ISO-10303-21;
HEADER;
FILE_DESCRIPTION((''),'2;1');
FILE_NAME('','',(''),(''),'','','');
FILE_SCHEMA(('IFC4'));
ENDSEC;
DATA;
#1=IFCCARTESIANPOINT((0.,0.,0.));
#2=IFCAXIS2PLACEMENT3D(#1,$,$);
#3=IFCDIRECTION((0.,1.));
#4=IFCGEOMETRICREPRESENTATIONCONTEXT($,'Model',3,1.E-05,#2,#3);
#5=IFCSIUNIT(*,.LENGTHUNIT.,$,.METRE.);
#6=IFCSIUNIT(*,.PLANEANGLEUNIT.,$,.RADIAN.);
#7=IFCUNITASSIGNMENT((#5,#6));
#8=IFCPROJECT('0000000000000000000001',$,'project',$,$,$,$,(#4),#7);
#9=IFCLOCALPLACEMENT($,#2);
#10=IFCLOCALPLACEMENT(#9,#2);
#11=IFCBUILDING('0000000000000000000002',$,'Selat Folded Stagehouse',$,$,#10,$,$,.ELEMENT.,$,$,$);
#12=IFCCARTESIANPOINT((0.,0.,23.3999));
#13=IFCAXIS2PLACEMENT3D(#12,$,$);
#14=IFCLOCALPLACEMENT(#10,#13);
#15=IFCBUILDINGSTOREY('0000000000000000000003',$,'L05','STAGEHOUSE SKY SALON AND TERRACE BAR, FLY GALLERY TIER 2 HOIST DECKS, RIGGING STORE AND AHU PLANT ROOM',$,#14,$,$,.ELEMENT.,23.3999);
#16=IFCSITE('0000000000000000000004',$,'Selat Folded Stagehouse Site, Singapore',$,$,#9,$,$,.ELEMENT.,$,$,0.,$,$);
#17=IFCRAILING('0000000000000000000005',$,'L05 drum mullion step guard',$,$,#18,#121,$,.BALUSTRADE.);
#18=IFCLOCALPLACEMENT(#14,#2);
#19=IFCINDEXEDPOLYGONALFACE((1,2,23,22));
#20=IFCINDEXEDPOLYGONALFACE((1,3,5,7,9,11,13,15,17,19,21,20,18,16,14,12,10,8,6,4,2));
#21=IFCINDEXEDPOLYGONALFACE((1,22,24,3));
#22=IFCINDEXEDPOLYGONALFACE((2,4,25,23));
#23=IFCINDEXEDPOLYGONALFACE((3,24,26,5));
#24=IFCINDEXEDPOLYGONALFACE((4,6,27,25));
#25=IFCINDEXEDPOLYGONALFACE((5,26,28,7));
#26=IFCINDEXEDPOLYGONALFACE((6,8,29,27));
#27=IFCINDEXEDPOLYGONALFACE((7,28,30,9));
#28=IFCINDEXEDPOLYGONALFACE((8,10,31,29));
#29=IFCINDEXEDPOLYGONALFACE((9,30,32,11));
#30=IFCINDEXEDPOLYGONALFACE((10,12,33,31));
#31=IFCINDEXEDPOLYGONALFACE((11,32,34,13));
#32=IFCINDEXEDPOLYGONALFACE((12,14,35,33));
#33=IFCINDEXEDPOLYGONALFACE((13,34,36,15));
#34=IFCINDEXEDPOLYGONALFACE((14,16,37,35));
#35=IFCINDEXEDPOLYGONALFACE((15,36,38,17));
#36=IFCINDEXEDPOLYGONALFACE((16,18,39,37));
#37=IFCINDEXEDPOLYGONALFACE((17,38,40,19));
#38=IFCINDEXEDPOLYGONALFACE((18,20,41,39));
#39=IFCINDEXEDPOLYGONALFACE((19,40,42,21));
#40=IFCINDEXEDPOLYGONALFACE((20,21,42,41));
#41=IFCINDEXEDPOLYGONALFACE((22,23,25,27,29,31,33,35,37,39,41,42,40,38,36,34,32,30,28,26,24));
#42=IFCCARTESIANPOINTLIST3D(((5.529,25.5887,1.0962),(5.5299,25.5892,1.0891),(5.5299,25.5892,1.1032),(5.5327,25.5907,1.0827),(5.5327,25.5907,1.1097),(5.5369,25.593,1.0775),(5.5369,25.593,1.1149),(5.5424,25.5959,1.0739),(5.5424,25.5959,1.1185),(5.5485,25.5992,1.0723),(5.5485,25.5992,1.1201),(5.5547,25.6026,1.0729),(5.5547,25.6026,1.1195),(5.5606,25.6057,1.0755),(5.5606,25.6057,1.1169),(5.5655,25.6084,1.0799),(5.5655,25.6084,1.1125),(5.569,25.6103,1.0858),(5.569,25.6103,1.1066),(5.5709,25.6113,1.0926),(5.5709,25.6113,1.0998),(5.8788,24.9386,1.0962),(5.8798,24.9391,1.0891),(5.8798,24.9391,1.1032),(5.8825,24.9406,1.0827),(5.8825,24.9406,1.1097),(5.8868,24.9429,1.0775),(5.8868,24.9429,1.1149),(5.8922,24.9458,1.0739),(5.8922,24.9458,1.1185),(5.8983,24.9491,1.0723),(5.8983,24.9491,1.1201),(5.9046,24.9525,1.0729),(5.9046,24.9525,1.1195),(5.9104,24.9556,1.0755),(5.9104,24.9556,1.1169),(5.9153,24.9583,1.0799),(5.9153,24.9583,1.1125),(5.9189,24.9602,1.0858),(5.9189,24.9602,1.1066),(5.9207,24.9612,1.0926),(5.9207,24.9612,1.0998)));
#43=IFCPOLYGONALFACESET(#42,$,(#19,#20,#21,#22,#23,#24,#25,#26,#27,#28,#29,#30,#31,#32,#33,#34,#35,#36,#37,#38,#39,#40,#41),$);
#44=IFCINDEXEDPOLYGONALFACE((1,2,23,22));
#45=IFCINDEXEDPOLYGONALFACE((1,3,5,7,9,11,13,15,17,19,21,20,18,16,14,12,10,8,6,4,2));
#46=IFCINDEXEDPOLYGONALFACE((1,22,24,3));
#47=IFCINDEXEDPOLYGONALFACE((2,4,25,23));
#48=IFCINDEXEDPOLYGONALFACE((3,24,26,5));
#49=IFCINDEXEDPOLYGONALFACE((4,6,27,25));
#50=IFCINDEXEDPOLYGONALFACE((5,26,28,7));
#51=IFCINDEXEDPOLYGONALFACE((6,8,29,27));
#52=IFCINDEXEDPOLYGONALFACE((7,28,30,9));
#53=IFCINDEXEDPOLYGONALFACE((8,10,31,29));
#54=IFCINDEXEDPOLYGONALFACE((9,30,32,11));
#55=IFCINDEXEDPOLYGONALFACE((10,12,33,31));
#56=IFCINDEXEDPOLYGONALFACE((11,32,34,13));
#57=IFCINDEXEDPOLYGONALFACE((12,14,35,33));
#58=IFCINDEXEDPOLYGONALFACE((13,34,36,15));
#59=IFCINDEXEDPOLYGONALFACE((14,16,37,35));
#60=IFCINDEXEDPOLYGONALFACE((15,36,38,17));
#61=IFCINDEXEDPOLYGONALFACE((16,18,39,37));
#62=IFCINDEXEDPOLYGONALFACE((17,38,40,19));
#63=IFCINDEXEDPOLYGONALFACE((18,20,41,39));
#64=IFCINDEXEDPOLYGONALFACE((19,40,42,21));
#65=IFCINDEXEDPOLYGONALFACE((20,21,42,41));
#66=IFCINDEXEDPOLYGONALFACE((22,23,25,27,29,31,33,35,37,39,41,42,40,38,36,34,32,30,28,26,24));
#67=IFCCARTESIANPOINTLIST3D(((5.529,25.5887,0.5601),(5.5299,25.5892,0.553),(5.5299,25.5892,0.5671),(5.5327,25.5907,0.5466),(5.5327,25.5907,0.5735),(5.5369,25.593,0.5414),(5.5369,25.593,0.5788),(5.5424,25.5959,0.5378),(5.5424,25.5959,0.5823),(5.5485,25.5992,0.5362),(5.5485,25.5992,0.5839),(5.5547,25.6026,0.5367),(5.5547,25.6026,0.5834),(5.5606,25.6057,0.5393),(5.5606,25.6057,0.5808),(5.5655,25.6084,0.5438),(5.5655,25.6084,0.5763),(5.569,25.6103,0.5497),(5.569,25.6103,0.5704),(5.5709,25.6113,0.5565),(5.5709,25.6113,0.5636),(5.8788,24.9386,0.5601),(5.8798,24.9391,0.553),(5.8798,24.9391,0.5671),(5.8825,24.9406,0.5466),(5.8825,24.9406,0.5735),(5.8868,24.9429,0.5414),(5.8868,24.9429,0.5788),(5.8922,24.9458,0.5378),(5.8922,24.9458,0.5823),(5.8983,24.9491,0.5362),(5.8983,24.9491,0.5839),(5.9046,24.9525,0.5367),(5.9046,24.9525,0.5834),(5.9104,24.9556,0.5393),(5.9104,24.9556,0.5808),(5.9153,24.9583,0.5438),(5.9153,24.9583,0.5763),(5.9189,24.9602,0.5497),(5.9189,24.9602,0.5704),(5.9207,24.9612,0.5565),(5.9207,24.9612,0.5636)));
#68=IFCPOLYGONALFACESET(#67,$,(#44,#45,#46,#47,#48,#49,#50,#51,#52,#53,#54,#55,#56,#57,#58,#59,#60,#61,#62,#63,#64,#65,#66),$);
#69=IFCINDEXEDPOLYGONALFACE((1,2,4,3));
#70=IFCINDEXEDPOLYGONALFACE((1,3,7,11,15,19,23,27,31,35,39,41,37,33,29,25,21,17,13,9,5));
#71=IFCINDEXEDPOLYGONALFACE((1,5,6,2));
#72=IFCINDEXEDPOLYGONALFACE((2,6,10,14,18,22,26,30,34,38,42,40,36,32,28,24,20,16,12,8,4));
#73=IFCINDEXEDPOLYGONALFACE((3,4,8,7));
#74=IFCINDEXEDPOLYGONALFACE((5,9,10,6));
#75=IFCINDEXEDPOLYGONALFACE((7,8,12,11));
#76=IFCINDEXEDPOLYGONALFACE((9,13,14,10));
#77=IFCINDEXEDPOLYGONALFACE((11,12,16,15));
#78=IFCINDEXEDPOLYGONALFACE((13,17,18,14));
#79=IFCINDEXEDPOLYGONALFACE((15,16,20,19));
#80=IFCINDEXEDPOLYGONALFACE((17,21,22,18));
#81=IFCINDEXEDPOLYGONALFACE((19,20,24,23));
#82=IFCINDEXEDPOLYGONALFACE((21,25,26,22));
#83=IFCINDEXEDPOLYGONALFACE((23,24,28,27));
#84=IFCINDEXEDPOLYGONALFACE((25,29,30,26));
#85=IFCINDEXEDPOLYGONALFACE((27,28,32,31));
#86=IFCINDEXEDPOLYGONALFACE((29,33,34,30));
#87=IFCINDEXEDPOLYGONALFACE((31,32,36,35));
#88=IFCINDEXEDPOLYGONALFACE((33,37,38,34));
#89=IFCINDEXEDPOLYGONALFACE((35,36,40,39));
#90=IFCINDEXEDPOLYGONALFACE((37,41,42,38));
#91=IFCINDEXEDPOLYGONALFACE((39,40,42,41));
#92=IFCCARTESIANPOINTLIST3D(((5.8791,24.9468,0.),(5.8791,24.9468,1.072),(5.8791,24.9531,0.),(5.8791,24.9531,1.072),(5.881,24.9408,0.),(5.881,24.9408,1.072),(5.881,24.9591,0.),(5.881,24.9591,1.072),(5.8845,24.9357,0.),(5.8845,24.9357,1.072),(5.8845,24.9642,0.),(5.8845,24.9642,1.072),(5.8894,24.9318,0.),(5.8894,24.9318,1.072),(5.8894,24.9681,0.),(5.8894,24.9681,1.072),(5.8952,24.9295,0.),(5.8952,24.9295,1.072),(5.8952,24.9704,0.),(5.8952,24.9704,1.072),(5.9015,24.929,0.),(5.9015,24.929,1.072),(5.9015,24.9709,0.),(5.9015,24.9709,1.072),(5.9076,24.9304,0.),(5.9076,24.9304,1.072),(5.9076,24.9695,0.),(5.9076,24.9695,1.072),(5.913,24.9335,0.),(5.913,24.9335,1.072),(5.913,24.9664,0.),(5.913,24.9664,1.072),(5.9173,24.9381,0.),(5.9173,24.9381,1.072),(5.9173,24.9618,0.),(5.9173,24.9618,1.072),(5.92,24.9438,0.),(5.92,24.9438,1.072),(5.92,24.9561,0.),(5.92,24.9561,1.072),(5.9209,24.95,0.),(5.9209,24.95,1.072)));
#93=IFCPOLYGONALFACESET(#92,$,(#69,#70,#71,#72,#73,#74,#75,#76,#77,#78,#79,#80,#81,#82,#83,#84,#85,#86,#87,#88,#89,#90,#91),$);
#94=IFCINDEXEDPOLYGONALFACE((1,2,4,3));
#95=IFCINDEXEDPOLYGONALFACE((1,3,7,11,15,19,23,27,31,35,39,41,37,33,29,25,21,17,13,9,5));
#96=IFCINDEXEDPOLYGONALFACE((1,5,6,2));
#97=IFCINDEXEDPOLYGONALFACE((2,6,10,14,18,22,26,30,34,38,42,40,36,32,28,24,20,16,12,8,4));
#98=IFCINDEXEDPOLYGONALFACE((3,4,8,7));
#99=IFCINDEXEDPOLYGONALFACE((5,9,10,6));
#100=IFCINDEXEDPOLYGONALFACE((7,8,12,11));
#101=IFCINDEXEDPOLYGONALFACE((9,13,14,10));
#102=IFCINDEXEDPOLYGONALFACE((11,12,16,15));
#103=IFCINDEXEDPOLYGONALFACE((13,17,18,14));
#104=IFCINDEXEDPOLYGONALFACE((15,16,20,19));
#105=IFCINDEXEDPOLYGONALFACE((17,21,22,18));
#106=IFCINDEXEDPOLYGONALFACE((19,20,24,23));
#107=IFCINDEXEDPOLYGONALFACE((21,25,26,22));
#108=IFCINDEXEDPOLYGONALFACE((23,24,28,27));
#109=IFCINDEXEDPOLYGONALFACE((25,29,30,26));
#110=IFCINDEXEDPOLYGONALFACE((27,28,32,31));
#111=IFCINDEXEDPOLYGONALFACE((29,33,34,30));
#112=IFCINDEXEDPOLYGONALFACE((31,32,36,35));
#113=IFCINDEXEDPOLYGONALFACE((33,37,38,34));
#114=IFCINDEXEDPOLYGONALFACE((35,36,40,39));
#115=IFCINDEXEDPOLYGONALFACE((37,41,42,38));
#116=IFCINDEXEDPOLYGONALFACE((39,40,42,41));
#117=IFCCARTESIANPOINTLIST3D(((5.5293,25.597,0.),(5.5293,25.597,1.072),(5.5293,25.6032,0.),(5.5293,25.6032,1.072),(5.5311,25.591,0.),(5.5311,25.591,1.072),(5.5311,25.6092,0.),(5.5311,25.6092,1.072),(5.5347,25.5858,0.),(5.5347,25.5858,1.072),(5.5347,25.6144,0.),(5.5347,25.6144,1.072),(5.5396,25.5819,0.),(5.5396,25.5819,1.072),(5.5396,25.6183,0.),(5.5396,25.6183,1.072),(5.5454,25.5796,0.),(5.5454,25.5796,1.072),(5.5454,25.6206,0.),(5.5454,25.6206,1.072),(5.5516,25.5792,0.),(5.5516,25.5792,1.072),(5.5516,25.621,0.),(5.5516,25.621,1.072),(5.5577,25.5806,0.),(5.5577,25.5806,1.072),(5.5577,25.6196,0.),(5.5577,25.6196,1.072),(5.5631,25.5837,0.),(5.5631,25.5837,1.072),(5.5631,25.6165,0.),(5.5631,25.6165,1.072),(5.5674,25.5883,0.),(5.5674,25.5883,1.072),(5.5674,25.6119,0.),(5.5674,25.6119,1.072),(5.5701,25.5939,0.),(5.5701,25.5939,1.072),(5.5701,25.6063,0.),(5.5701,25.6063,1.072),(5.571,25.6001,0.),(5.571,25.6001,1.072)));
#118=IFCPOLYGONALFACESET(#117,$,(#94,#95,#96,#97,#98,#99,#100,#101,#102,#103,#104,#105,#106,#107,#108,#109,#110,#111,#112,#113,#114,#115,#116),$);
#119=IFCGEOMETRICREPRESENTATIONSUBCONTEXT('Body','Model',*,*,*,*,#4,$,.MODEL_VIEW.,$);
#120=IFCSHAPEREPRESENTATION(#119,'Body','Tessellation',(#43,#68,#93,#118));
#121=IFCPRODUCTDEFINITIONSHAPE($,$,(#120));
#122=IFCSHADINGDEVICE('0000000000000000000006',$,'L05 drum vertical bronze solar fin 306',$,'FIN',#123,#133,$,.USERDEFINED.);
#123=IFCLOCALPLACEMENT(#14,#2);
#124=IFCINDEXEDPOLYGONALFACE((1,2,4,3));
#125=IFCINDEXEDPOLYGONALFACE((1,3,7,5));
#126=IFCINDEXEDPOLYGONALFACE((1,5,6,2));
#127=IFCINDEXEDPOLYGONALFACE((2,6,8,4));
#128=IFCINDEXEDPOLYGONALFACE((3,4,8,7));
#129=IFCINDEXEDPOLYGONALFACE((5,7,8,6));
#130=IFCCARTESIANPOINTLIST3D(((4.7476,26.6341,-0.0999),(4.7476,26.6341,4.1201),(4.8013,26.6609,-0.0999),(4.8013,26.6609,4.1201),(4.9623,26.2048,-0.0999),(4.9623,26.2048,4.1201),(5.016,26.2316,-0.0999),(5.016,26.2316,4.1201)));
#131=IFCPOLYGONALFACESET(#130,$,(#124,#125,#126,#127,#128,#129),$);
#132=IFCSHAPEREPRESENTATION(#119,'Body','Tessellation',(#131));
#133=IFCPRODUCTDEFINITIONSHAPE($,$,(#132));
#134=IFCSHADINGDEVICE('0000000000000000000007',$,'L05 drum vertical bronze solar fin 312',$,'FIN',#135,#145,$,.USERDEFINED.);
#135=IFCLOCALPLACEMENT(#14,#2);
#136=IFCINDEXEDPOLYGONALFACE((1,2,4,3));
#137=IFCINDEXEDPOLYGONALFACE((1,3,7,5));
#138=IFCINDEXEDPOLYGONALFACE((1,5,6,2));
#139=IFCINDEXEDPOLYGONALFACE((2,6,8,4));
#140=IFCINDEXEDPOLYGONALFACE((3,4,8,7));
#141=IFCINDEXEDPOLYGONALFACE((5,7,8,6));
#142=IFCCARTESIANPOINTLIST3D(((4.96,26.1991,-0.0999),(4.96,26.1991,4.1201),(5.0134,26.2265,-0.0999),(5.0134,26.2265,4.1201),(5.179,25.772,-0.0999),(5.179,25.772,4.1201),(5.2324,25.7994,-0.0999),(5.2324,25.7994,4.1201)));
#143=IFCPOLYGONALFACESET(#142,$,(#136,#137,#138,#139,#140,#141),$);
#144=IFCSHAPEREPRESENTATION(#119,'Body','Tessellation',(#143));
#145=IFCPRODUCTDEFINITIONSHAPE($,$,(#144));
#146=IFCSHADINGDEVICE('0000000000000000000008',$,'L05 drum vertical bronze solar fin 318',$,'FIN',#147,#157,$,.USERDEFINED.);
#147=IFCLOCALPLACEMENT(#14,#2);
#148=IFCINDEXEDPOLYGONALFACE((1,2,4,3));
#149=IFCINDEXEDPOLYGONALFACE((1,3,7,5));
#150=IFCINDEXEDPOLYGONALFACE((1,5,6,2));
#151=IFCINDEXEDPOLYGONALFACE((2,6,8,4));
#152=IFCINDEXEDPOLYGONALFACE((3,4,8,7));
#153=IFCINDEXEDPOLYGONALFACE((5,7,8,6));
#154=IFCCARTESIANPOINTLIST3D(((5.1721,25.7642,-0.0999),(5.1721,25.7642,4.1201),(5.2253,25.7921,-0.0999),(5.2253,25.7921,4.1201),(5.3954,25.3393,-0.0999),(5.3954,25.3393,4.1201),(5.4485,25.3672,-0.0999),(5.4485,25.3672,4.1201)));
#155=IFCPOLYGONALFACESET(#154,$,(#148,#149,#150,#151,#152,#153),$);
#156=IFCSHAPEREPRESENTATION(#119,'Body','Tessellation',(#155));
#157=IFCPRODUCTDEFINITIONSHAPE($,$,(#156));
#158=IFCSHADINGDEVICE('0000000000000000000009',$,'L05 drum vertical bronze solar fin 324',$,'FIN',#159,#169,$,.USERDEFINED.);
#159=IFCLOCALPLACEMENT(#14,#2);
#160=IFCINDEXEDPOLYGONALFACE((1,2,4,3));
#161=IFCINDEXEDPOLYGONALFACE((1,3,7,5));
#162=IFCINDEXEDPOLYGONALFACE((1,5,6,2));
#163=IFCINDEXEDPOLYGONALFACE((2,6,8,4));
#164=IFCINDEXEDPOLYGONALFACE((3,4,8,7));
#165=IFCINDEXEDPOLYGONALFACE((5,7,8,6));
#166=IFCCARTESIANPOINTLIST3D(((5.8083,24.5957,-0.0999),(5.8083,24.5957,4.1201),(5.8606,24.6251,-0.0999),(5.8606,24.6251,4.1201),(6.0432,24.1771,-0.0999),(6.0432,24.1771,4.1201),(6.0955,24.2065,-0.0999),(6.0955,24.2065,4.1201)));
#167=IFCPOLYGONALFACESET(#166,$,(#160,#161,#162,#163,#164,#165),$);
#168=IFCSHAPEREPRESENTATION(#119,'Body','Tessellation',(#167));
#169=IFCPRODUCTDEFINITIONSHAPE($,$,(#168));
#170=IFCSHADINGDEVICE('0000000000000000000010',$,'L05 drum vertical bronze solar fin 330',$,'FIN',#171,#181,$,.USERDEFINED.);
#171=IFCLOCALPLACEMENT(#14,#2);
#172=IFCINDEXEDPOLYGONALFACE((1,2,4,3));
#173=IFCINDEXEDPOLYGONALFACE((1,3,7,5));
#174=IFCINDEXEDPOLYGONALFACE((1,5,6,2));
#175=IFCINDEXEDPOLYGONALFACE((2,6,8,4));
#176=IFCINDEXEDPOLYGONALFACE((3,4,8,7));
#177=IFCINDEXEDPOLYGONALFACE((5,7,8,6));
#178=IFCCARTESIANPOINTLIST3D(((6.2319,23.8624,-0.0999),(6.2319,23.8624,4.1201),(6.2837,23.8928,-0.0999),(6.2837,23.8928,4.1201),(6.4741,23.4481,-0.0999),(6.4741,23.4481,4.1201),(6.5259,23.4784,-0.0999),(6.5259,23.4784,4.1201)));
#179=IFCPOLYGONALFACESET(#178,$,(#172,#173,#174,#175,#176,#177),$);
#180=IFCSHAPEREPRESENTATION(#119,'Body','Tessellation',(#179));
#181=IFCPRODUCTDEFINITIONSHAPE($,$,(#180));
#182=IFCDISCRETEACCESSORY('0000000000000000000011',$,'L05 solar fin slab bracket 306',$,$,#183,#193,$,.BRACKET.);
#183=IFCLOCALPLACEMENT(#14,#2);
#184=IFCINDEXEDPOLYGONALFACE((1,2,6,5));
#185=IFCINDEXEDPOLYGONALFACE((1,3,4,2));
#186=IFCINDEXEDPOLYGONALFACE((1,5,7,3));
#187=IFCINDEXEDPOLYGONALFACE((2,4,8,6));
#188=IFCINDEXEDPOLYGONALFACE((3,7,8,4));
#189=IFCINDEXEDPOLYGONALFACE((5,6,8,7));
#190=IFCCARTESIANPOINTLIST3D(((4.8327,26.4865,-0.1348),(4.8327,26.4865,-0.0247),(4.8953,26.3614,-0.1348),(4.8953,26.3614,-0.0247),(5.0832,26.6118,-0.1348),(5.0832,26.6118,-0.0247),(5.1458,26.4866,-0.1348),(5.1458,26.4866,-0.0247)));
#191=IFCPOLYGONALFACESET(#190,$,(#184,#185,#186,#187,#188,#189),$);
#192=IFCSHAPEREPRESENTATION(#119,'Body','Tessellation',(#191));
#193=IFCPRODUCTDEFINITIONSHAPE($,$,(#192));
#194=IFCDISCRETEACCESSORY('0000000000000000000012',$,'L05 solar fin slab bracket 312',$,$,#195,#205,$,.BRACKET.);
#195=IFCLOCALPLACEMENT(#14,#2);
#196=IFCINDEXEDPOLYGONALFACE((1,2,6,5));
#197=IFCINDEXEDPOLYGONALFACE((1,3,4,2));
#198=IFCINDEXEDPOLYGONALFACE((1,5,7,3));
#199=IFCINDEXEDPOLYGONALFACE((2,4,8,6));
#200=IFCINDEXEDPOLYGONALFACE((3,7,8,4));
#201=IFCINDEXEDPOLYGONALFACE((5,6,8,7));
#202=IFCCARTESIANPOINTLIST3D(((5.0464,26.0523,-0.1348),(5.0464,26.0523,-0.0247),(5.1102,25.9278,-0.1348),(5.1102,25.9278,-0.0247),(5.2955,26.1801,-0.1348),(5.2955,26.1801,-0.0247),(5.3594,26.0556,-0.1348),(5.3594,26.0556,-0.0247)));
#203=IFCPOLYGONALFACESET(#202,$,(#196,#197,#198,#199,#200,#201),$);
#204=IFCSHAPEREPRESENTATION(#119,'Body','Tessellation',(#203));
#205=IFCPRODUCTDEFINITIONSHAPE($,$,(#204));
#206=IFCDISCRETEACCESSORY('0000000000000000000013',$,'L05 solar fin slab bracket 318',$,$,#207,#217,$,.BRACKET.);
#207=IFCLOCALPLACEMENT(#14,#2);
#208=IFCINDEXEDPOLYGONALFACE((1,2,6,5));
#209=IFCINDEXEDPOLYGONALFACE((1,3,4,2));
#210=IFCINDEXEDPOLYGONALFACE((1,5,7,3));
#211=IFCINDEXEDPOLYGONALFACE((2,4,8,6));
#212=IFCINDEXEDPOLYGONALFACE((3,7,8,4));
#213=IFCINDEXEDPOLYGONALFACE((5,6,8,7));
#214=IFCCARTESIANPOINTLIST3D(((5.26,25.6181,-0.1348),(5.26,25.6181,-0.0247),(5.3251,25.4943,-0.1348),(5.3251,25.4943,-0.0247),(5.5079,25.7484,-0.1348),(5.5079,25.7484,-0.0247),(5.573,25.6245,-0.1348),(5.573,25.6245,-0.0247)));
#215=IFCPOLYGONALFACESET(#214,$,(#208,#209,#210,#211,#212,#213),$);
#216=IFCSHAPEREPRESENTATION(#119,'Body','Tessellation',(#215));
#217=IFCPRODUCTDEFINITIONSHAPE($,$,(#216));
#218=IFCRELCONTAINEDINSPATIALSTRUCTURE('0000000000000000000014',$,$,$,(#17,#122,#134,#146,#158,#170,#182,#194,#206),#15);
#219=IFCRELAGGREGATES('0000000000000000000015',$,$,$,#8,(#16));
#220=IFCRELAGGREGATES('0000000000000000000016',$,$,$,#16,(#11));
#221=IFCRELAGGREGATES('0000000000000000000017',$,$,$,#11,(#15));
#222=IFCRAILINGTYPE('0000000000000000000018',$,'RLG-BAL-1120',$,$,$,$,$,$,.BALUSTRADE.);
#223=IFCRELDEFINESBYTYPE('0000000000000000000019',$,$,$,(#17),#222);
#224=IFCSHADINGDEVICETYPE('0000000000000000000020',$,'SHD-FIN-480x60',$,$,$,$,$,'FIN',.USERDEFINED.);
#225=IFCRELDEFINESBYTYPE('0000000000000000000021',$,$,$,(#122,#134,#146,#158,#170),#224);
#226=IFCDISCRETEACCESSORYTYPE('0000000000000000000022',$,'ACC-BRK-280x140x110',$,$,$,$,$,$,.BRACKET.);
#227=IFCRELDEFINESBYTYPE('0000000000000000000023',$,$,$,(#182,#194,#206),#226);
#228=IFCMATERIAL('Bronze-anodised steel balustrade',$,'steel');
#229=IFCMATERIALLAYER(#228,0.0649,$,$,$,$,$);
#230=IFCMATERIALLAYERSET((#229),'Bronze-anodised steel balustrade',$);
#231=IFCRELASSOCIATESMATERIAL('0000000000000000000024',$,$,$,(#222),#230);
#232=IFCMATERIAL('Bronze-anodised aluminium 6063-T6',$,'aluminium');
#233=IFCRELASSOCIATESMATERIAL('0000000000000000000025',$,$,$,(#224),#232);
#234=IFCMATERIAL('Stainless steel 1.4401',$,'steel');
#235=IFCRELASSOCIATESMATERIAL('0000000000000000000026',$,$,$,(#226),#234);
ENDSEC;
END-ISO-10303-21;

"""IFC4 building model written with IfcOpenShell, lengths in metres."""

from ifc_helpers import new_model, si_unit, direction, frame, origin, origin_2d, place, context, subcontext, project, spatial, rectangle, circle, extrude, material, layer, layer_set, material_profile, profile_set, type_object, element, save


model = new_model("IFC4")

# Units and contexts
model_context = context("Model", 3, precision=1e-05, world=origin(), true_north=direction((0.0, 1.0)))
body_context = subcontext(model_context, "Body", "Model", "MODEL_VIEW")
ifc_project = project(units=[si_unit("LENGTHUNIT", "METRE"), si_unit("PLANEANGLEUNIT", "RADIAN")], contexts=[model_context])

# Site, building, storey
site_placement = place(None, origin())
site = spatial("IfcSite", under=ifc_project, at=site_placement, Name="Selat Folded Stagehouse Site, Singapore", CompositionType="ELEMENT", RefElevation=0.0)
building_placement = place(site_placement, origin())
building = spatial("IfcBuilding", under=site, at=building_placement, Name="Selat Folded Stagehouse", CompositionType="ELEMENT")
storey_placement = place(building_placement, frame((0.0, 0.0, 23.3999)))
storey = spatial("IfcBuildingStorey", under=building, at=storey_placement, Name="L05", Description="STAGEHOUSE SKY SALON AND TERRACE BAR, FLY GALLERY TIER 2 HOIST DECKS, RIGGING STORE AND AHU PLANT ROOM", CompositionType="ELEMENT", Elevation=23.3999)

# Railing
ifc_material_1 = material(Name="Bronze-anodised steel balustrade", Category="steel")
ifc_layer_1 = layer(ifc_material_1, 0.0649)
ifc_layer_set_1 = layer_set([ifc_layer_1], Name="Bronze-anodised steel balustrade")
railing_type = type_object("IfcRailingType", Name="RLG-BAL-1120", PredefinedType="BALUSTRADE", material=ifc_layer_set_1)
railing_placement = place(storey_placement, frame((5.8999, 24.95, 0.0)))
element("IfcRailing", 1, at=railing_placement, inside=storey, type_object=railing_type, Name="L05 drum mullion step guard", PredefinedType="BALUSTRADE", context=body_context, shape_type="SweptSolid", body=[
    extrude(circle(Radius=0.0239, at=origin_2d()), frame((0.0, 0.0, 1.0962), z_axis=(-0.473863, 0.880598, 0.0), x_axis=(-0.880598, -0.473863, 0.0)), (0.0, 0.0, 1.0), 0.7383),
    extrude(circle(Radius=0.0239, at=origin_2d()), frame((0.0, 0.0, 0.5601), z_axis=(-0.473863, 0.880598, 0.0), x_axis=(-0.880598, -0.473863, 0.0)), (0.0, 0.0, 1.0), 0.7383),
    extrude(circle(Radius=0.021, at=origin_2d()), origin(), (0.0, 0.0, 1.0), 1.072),
    extrude(circle(Radius=0.021, at=origin_2d()), frame((-0.3499, 0.6501, 0.0)), (0.0, 0.0, 1.0), 1.072),
])

# Shading devices
ifc_material_2 = material(Name="Bronze-anodised aluminium 6063-T6", Category="aluminium")
ifc_material_profile_1 = material_profile(ifc_material_2, rectangle(XDim=0.0601, YDim=0.48, at=origin_2d()), Name="SOLAR-FIN 480x60")
ifc_profile_set_1 = profile_set([ifc_material_profile_1], Name="Bronze-anodised aluminium 6063-T6")
shading_device_type = type_object("IfcShadingDeviceType", Name="SHD-FIN-480x60", ElementType="FIN", PredefinedType="USERDEFINED", material=ifc_profile_set_1)
for number, where, z_axis, x_axis, name in (
    (2, (4.8818, 26.4329, -0.0999), (0.0, 0.0, 1.0), (-0.894389, -0.447291, 0.0), "L05 drum vertical bronze solar fin 306"),
    (3, (5.0962, 25.9993, -0.0999), (0.0, 0.0, 1.0), (-0.889815, -0.456322, 0.0), "L05 drum vertical bronze solar fin 312"),
    (4, (5.3103, 25.5657, -0.0999), (0.0, 0.0, 1.0), (-0.885231, -0.465151, 0.0), "L05 drum vertical bronze solar fin 318"),
    (5, (5.9519, 24.4011, -0.0999), (0.0, 0.0, 1.0), (-0.872069, -0.489382, 0.0), "L05 drum vertical bronze solar fin 324"),
    (6, (6.3789, 23.6704, -0.0999), (0.0, 0.0, 1.0), (-0.863307, -0.504678, 0.0), "L05 drum vertical bronze solar fin 330"),
):
    element("IfcShadingDevice", number, at=place(storey_placement, frame(where, z_axis=z_axis, x_axis=x_axis)), inside=storey, type_object=shading_device_type, Name=name, ObjectType="FIN", PredefinedType="USERDEFINED", context=body_context, shape_type="SweptSolid", body=[
        extrude(rectangle(XDim=0.0601, YDim=0.48, at=origin_2d()), origin(), (0.0, 0.0, 1.0), 4.22),
    ])

# Discrete accessories
ifc_material_3 = material(Name="Stainless steel 1.4401", Category="steel")
discrete_accessory_type = type_object("IfcDiscreteAccessoryType", Name="ACC-BRK-280x140x110", PredefinedType="BRACKET", material=ifc_material_3)
for number, where, z_axis, x_axis, name in (
    (7, (4.9893, 26.4866, -0.1348), (0.0, 0.0, 1.0), (-0.894389, -0.447291, 0.0), "L05 solar fin slab bracket 306"),
    (8, (5.2029, 26.054, -0.1348), (0.0, 0.0, 1.0), (-0.889815, -0.456322, 0.0), "L05 solar fin slab bracket 312"),
    (9, (5.4165, 25.6213, -0.1348), (0.0, 0.0, 1.0), (-0.885231, -0.465151, 0.0), "L05 solar fin slab bracket 318"),
):
    element("IfcDiscreteAccessory", number, at=place(storey_placement, frame(where, z_axis=z_axis, x_axis=x_axis)), inside=storey, type_object=discrete_accessory_type, Name=name, PredefinedType="BRACKET", context=body_context, shape_type="SweptSolid", body=[
        extrude(rectangle(XDim=0.28, YDim=0.1399, at=origin_2d()), origin(), (0.0, 0.0, 1.0), 0.1101),
    ])

save(model, "model.ifc")
